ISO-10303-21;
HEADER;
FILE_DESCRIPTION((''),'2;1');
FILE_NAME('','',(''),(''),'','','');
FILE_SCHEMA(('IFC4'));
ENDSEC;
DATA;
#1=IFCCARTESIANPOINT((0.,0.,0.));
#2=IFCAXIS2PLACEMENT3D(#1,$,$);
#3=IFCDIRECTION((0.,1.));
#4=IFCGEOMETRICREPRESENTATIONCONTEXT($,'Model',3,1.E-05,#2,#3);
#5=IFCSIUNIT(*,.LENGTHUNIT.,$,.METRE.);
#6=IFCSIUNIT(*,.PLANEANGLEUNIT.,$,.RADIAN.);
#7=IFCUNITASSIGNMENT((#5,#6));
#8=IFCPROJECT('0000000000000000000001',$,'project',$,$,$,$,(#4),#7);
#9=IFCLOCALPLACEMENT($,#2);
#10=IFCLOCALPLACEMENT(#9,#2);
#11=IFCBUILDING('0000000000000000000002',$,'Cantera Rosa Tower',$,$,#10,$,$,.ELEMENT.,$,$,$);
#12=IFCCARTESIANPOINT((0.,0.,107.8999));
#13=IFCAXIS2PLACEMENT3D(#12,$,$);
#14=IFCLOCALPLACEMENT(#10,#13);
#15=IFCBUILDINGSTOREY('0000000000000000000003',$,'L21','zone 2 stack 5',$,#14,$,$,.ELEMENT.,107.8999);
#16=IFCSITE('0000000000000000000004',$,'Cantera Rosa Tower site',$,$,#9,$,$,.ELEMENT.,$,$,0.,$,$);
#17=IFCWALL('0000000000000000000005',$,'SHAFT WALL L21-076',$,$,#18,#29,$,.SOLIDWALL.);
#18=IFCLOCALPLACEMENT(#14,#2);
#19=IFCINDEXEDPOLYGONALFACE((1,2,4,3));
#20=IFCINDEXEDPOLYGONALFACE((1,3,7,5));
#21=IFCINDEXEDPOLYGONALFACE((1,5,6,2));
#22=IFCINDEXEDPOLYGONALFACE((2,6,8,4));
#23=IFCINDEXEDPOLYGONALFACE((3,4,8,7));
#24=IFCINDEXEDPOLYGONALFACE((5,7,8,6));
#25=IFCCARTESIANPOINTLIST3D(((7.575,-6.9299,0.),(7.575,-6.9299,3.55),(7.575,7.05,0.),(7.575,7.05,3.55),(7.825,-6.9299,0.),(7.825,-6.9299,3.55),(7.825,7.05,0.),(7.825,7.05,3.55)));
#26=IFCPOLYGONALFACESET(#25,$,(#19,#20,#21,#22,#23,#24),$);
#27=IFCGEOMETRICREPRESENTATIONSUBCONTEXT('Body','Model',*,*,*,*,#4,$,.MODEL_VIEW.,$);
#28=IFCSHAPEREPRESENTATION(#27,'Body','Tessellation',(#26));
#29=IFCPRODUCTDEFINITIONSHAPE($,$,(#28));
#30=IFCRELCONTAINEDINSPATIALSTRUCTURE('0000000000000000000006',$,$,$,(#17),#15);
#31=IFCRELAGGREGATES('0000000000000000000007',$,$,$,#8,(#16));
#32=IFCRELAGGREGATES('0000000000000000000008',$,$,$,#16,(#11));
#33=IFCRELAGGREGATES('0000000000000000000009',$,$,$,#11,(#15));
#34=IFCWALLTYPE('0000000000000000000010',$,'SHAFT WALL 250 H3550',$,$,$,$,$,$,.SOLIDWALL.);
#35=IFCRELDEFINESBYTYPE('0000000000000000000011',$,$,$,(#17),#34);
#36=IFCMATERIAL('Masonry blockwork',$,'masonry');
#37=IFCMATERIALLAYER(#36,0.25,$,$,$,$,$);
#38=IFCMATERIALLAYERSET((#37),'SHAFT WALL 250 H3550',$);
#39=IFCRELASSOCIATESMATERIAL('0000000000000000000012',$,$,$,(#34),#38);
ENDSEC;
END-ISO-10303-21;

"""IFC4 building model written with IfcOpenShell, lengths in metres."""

from ifc_helpers import new_model, si_unit, direction, frame, frame_2d, origin, place, context, subcontext, project, spatial, rectangle, extrude, material, layer, layer_set, type_object, element, save


model = new_model("IFC4")

# Units and contexts
model_context = context("Model", 3, precision=1e-05, world=origin(), true_north=direction((0.0, 1.0)))
body_context = subcontext(model_context, "Body", "Model", "MODEL_VIEW")
ifc_project = project(units=[si_unit("LENGTHUNIT", "METRE"), si_unit("PLANEANGLEUNIT", "RADIAN")], contexts=[model_context])

# Site, building, storey
site_placement = place(None, origin())
site = spatial("IfcSite", under=ifc_project, at=site_placement, Name="Cantera Rosa Tower site", CompositionType="ELEMENT", RefElevation=0.0)
building_placement = place(site_placement, origin())
building = spatial("IfcBuilding", under=site, at=building_placement, Name="Cantera Rosa Tower", CompositionType="ELEMENT")
storey_placement = place(building_placement, frame((0.0, 0.0, 107.8999)))
storey = spatial("IfcBuildingStorey", under=building, at=storey_placement, Name="L21", Description="zone 2 stack 5", CompositionType="ELEMENT", Elevation=107.8999)

# Wall
ifc_material_1 = material(Name="Masonry blockwork", Category="masonry")
ifc_layer_1 = layer(ifc_material_1, 0.25)
ifc_layer_set_1 = layer_set([ifc_layer_1], Name="SHAFT WALL 250 H3550")
wall_type_1 = type_object("IfcWallType", Name="SHAFT WALL 250 H3550", PredefinedType="SOLIDWALL", material=ifc_layer_set_1)
wall_1_placement = place(storey_placement, frame((7.7, -6.9299, 0.0), z_axis=(0.0, 0.0, 1.0), x_axis=(0.0, 1.0, 0.0)))
element("IfcWall", 1, at=wall_1_placement, inside=storey, type_object=wall_type_1, Name="SHAFT WALL L21-076", PredefinedType="SOLIDWALL", context=body_context, shape_type="SweptSolid", body=[
    extrude(rectangle(XDim=13.98, YDim=0.25, at=frame_2d((6.99, 0.0))), origin(), (0.0, 0.0, 1.0), 3.55),
])

save(model, "model.ifc")
